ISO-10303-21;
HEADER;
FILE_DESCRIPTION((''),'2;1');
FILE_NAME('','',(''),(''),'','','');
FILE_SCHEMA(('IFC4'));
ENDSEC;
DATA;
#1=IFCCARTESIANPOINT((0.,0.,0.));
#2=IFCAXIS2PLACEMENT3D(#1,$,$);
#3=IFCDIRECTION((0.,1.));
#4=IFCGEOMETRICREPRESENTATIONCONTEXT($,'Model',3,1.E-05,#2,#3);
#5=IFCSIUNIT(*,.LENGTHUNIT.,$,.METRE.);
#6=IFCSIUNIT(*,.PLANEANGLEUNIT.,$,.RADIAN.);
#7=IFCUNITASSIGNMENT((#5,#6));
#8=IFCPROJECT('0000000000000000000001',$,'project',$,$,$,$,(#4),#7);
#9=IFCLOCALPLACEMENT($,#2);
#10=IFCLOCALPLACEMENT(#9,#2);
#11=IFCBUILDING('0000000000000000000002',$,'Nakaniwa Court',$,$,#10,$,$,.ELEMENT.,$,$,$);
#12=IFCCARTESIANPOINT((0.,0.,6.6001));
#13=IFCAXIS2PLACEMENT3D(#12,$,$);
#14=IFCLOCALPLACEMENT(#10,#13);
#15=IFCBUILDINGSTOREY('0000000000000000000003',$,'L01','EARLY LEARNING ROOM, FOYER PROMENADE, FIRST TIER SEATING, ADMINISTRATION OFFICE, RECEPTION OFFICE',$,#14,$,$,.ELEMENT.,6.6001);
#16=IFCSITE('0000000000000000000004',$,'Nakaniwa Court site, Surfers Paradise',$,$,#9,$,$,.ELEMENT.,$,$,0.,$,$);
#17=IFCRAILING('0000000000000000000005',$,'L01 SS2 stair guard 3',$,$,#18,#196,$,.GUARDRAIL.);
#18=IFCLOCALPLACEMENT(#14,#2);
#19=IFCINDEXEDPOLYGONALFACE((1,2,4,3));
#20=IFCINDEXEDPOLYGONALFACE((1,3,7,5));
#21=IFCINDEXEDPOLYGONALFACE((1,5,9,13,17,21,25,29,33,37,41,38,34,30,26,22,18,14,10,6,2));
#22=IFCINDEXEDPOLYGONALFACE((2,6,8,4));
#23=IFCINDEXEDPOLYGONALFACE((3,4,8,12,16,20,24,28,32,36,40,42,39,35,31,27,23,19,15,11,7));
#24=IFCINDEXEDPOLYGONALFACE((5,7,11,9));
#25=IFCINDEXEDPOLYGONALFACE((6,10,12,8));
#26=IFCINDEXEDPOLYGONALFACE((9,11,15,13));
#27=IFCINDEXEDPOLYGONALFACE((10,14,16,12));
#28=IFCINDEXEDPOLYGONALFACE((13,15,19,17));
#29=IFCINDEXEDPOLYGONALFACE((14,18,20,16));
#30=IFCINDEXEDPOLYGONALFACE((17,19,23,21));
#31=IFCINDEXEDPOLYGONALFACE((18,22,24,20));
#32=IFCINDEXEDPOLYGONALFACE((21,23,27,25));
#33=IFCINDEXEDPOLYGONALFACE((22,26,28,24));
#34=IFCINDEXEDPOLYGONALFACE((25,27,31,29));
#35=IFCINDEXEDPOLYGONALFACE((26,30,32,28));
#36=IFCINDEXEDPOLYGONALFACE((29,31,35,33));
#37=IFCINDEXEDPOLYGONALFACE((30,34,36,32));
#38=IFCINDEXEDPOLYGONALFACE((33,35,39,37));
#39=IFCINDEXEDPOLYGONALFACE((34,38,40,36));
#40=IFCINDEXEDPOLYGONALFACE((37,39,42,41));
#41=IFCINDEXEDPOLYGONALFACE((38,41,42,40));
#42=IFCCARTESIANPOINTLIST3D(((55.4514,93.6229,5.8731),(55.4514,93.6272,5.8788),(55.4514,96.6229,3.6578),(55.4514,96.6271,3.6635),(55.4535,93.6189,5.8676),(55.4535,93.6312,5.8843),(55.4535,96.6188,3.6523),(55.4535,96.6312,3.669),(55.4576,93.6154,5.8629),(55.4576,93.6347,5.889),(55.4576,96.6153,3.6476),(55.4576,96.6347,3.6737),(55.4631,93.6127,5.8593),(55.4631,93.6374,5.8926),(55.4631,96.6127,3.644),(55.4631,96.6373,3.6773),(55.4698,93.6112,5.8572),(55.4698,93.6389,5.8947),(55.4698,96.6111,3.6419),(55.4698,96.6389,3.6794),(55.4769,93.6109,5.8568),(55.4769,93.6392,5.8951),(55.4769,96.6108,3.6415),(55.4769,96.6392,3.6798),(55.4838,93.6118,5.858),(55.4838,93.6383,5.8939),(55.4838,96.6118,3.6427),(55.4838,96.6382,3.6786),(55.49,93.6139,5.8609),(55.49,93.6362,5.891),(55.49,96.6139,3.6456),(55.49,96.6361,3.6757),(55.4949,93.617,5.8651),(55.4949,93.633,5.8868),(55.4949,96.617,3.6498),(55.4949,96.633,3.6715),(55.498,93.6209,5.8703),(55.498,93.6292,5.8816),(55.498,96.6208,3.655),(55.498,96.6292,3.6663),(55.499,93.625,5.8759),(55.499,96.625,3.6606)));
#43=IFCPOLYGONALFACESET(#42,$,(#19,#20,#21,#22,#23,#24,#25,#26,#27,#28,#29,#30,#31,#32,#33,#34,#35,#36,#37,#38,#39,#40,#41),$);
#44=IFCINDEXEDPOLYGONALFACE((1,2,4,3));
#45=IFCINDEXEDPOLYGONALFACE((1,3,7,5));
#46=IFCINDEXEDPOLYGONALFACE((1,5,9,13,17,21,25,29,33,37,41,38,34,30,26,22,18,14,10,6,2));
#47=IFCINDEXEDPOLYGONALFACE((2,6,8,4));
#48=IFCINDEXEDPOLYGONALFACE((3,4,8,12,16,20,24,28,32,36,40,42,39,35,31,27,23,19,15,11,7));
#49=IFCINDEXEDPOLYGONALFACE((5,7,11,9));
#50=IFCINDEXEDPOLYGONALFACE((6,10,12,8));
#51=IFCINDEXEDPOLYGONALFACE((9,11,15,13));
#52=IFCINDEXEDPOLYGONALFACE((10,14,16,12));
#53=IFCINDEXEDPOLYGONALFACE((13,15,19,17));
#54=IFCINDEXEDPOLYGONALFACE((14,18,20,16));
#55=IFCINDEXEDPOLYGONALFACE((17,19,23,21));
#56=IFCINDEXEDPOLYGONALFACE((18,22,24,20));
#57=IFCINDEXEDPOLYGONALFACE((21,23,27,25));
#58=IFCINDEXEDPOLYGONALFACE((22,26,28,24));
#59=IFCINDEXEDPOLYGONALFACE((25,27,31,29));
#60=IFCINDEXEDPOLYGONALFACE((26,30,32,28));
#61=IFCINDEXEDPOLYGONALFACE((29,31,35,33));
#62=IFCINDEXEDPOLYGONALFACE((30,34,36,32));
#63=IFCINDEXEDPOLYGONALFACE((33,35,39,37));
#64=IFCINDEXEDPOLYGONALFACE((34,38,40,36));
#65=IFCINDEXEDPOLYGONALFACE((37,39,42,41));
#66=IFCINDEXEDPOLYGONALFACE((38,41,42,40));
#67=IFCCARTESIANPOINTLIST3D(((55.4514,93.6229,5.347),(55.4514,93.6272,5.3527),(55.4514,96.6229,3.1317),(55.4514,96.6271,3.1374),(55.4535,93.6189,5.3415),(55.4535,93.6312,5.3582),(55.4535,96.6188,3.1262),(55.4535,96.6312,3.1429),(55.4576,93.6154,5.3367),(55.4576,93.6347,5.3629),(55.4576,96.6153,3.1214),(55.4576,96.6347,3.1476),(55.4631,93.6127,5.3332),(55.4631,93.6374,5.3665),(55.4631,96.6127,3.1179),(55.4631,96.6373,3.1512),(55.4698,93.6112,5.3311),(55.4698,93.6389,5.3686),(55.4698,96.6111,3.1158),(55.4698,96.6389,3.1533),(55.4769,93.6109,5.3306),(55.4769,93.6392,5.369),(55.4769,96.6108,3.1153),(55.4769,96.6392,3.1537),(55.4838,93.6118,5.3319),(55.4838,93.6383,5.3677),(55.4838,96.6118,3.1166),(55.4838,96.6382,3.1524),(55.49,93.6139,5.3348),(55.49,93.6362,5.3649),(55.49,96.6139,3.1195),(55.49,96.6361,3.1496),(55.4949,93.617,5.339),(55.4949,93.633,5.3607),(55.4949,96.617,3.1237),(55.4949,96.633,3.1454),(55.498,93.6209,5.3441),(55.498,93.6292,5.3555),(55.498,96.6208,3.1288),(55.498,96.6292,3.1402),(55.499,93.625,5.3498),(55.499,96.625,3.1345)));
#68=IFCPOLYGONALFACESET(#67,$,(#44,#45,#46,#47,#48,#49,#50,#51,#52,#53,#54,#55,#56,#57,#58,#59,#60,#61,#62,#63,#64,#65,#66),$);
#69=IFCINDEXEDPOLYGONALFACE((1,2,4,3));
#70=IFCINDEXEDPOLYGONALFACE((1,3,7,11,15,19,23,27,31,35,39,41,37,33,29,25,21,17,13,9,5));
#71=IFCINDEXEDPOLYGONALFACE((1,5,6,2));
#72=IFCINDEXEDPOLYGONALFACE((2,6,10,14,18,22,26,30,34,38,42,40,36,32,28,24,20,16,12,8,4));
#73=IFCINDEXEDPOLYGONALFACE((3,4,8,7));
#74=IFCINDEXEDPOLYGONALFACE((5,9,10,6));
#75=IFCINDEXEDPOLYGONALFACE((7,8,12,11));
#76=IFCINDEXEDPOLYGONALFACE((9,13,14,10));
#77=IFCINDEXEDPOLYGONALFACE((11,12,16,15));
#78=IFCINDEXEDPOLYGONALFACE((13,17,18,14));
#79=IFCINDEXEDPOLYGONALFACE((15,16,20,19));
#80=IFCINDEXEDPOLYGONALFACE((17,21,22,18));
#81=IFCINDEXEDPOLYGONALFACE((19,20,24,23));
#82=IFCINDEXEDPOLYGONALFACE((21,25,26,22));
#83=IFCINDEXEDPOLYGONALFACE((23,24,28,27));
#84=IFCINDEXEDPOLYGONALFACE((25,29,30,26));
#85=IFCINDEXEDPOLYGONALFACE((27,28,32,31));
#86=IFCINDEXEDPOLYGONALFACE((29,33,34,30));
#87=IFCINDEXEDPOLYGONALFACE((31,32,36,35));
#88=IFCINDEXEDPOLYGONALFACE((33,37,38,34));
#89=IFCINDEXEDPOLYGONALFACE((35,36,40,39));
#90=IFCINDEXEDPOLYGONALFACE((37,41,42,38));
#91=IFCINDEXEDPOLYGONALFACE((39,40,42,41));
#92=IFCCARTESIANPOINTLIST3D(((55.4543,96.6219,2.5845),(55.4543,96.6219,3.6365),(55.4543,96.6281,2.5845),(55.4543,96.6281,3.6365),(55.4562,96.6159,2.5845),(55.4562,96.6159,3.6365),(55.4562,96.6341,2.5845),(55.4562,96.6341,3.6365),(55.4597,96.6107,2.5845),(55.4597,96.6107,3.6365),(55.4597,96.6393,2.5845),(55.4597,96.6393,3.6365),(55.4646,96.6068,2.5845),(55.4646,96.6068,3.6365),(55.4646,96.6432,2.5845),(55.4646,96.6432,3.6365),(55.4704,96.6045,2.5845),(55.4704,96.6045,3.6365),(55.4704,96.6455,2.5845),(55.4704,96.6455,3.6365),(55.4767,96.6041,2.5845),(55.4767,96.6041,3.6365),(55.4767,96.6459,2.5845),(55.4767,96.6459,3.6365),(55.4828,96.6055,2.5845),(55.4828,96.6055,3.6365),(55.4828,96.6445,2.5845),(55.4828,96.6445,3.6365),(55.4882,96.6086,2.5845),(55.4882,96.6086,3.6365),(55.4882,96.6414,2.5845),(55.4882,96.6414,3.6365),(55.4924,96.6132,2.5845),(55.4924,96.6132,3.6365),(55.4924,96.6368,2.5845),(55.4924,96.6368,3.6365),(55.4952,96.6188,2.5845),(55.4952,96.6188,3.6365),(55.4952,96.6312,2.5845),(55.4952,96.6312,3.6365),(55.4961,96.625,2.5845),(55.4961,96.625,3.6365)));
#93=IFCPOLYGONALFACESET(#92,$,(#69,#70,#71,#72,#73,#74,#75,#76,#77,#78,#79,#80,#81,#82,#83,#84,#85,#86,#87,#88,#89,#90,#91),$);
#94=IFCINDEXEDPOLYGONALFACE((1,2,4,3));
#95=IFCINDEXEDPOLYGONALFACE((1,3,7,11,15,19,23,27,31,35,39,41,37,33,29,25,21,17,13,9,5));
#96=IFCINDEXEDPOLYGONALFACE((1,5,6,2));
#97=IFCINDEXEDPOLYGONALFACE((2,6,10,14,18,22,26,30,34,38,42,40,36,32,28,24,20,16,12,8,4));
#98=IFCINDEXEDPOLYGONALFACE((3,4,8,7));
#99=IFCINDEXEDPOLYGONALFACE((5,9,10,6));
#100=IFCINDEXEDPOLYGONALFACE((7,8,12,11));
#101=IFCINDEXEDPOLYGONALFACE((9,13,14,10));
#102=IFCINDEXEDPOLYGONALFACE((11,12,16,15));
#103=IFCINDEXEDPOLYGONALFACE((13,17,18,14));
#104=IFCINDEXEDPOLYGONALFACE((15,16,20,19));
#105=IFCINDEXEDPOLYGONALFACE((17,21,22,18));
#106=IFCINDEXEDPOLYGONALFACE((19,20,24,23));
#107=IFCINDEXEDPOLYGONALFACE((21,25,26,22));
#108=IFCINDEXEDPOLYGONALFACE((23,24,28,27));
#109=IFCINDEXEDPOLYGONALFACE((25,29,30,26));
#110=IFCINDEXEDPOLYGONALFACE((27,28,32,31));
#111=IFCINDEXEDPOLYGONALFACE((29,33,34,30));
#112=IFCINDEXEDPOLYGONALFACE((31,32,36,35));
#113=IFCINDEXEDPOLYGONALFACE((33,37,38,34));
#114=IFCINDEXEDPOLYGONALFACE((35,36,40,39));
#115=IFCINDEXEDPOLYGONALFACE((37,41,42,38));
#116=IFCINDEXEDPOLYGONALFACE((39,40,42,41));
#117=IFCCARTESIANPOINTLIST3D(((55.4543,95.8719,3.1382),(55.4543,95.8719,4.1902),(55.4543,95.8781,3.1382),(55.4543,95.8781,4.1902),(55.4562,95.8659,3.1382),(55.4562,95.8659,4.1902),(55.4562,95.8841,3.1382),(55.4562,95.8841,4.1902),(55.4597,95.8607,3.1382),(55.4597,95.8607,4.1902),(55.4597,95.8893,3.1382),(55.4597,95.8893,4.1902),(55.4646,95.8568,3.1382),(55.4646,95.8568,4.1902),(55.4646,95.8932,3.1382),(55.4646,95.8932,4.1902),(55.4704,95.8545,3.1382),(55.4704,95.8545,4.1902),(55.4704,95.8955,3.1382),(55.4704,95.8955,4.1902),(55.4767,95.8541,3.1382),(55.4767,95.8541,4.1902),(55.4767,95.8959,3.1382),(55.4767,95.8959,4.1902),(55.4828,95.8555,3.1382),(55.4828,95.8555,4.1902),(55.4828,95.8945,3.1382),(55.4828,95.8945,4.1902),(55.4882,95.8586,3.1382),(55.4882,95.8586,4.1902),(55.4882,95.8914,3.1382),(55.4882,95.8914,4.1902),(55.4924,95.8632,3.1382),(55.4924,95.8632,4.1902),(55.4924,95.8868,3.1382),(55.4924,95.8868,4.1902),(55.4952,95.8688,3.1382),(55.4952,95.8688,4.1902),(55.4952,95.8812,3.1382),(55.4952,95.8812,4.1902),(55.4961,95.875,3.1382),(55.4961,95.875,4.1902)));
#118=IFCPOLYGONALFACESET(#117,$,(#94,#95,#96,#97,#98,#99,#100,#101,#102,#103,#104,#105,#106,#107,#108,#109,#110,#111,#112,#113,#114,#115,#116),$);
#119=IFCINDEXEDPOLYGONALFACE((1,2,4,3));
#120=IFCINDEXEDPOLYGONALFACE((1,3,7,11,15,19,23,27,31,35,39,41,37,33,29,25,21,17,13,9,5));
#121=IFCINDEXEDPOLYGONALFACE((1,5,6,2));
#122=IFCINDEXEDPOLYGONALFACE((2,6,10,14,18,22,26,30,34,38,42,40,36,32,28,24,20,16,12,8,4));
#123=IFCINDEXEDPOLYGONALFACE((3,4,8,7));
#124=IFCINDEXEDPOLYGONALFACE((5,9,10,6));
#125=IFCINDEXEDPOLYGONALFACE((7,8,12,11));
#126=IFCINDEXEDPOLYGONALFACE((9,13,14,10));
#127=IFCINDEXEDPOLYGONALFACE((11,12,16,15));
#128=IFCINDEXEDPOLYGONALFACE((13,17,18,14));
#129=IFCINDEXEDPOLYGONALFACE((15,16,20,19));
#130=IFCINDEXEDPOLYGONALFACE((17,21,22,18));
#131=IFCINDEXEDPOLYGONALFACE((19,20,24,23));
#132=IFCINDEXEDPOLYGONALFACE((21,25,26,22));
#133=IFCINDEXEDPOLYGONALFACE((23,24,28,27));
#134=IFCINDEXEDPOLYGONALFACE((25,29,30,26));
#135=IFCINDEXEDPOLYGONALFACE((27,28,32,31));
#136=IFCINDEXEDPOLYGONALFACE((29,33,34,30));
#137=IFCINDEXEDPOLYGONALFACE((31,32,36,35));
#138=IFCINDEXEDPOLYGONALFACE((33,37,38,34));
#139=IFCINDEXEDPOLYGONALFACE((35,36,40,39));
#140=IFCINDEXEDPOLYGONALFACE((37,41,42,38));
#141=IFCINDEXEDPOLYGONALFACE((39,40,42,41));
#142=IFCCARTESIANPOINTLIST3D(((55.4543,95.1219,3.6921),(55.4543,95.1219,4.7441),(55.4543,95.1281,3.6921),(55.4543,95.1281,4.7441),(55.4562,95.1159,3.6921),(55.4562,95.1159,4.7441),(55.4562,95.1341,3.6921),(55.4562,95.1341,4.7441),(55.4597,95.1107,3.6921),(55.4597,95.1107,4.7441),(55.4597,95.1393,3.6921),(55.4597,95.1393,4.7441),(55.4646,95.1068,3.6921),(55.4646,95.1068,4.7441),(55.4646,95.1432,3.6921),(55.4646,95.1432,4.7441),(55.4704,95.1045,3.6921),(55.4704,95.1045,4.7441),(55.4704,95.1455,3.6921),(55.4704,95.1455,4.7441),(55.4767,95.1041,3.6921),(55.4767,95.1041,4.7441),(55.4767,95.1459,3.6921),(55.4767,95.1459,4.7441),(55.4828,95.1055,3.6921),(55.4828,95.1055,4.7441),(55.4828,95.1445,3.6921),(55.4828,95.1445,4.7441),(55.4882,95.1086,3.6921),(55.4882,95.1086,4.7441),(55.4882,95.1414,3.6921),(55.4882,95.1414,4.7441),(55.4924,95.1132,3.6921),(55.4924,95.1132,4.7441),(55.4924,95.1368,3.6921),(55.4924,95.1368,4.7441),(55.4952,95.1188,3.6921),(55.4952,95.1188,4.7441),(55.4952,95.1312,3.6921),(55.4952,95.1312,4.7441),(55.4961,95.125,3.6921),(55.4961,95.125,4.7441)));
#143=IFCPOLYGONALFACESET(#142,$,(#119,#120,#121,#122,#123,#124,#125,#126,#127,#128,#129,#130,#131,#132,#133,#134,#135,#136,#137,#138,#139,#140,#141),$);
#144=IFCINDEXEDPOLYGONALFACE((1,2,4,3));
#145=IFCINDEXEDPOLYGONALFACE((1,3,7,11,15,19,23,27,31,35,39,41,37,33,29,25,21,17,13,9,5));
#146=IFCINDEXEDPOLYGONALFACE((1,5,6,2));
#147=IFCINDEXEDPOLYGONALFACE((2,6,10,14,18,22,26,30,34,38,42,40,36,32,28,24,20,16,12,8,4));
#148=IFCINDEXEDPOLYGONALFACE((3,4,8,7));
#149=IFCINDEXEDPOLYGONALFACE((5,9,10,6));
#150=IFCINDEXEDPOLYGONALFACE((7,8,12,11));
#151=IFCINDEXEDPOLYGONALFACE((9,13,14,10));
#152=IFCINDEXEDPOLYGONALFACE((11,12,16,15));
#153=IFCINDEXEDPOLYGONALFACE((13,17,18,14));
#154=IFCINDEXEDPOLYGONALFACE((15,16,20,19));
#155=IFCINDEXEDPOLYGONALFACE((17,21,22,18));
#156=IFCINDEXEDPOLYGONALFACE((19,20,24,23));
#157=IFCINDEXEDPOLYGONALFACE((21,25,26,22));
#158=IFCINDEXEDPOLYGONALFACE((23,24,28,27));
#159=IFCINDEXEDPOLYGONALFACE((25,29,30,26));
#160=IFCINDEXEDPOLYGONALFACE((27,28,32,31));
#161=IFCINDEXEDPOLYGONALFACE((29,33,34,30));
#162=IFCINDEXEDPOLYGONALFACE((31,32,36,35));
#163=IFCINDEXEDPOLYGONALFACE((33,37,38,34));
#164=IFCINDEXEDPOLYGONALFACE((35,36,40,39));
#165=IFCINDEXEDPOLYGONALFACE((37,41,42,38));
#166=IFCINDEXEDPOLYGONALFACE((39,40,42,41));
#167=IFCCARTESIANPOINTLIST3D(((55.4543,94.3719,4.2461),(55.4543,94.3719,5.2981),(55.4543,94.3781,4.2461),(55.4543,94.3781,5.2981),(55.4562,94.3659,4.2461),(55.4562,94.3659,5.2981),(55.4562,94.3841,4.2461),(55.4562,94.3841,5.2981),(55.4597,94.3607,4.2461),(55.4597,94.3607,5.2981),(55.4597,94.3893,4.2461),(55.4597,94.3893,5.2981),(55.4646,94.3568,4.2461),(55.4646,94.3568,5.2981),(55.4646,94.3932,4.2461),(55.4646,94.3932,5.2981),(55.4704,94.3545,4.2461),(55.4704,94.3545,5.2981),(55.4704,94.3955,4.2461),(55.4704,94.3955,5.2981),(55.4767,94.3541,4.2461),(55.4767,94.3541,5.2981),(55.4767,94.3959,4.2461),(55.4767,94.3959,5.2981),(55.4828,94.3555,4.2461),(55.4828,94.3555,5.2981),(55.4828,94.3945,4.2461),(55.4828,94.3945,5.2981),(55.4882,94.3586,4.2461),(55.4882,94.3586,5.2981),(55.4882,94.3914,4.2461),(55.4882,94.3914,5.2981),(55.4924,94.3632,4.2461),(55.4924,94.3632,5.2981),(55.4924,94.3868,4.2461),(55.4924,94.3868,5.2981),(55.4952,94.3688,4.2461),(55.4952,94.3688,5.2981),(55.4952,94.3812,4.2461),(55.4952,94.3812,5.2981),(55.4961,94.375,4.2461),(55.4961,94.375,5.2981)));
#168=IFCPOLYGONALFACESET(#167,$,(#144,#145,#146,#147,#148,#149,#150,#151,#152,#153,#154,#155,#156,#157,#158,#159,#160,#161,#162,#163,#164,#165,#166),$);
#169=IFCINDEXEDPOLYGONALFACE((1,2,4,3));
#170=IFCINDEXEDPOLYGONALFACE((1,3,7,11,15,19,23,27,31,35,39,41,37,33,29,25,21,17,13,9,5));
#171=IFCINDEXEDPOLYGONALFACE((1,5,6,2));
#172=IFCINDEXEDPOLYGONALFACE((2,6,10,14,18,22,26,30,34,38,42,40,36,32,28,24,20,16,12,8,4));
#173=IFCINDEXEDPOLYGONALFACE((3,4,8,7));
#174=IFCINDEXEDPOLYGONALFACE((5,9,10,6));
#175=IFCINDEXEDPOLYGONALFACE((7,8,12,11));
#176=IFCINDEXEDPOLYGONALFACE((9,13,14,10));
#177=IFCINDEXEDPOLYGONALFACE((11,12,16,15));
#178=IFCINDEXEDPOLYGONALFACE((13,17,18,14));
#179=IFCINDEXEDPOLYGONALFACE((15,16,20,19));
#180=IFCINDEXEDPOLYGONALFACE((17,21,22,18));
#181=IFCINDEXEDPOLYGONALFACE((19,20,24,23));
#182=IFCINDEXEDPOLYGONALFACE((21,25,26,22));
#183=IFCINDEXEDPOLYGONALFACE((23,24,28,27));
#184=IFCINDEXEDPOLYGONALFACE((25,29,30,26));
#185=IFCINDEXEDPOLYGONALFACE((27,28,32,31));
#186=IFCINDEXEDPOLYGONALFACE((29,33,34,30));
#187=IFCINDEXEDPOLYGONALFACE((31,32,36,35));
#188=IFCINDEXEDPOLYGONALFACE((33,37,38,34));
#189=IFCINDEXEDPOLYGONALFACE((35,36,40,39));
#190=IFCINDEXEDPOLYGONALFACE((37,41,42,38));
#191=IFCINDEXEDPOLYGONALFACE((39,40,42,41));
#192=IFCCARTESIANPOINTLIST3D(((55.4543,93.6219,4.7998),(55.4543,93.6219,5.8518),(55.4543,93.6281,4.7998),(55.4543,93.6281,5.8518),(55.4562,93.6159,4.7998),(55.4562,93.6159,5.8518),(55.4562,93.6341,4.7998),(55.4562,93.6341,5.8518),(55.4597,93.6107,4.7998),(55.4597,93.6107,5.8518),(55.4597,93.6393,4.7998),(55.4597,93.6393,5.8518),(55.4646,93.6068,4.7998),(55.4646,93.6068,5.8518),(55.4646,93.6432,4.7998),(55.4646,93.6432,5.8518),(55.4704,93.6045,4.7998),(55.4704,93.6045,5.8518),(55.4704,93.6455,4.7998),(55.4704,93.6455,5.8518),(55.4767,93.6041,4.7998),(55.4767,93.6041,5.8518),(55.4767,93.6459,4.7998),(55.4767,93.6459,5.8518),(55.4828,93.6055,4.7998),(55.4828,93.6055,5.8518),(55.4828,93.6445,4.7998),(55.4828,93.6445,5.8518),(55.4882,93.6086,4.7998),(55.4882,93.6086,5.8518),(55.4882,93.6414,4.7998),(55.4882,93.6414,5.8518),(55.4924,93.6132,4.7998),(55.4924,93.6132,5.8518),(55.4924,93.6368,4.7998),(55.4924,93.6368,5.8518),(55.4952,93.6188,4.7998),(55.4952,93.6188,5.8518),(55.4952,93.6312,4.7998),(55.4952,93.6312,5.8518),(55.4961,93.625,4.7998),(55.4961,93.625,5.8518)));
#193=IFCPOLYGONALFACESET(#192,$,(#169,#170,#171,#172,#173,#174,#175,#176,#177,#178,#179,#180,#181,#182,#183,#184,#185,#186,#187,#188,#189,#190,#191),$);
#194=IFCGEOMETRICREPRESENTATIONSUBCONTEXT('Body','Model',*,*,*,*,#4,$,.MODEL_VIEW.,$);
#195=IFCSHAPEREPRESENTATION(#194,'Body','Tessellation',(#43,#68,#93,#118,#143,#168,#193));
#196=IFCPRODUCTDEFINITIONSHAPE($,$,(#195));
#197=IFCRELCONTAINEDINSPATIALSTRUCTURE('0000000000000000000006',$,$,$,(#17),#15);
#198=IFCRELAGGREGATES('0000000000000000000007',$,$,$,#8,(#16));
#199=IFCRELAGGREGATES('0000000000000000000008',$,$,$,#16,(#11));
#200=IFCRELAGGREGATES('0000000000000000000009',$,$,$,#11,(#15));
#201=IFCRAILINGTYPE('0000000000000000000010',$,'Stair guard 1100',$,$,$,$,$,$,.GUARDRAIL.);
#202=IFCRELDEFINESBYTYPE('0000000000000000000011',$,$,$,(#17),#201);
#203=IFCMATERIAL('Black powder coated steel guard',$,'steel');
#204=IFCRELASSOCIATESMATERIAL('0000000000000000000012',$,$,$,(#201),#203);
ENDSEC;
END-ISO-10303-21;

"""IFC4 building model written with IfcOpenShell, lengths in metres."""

from ifc_helpers import new_model, si_unit, direction, frame, origin, origin_2d, place, context, subcontext, project, spatial, circle, extrude, material, type_object, element, save


model = new_model("IFC4")

# Units and contexts
model_context = context("Model", 3, precision=1e-05, world=origin(), true_north=direction((0.0, 1.0)))
body_context = subcontext(model_context, "Body", "Model", "MODEL_VIEW")
ifc_project = project(units=[si_unit("LENGTHUNIT", "METRE"), si_unit("PLANEANGLEUNIT", "RADIAN")], contexts=[model_context])

# Site, building, storey
site_placement = place(None, origin())
site = spatial("IfcSite", under=ifc_project, at=site_placement, Name="Nakaniwa Court site, Surfers Paradise", CompositionType="ELEMENT", RefElevation=0.0)
building_placement = place(site_placement, origin())
building = spatial("IfcBuilding", under=site, at=building_placement, Name="Nakaniwa Court", CompositionType="ELEMENT")
storey_placement = place(building_placement, frame((0.0, 0.0, 6.6001)))
storey = spatial("IfcBuildingStorey", under=building, at=storey_placement, Name="L01", Description="EARLY LEARNING ROOM, FOYER PROMENADE, FIRST TIER SEATING, ADMINISTRATION OFFICE, RECEPTION OFFICE", CompositionType="ELEMENT", Elevation=6.6001)

# Railing
ifc_material_1 = material(Name="Black powder coated steel guard", Category="steel")
railing_type_1 = type_object("IfcRailingType", Name="Stair guard 1100", PredefinedType="GUARDRAIL", material=ifc_material_1)
railing_1_placement = place(storey_placement, frame((55.4751, 96.625, 2.5845)))
element("IfcRailing", 1, at=railing_1_placement, inside=storey, type_object=railing_type_1, Name="L01 SS2 stair guard 3", PredefinedType="GUARDRAIL", context=body_context, shape_type="SweptSolid", body=[
    extrude(circle(Radius=0.0239, at=origin_2d()), frame((0.0, 0.0, 1.0762), z_axis=(0.0, -0.80444, 0.594034), x_axis=(1.0, 0.0, 0.0)), (0.0, 0.0, 1.0), 3.7292),
    extrude(circle(Radius=0.0239, at=origin_2d()), frame((0.0, 0.0, 0.55), z_axis=(0.0, -0.80444, 0.594034), x_axis=(1.0, 0.0, 0.0)), (0.0, 0.0, 1.0), 3.7292),
    extrude(circle(Radius=0.021, at=origin_2d()), origin(), (0.0, 0.0, 1.0), 1.052),
    extrude(circle(Radius=0.021, at=origin_2d()), frame((0.0, -0.75, 0.5537)), (0.0, 0.0, 1.0), 1.052),
    extrude(circle(Radius=0.021, at=origin_2d()), frame((0.0, -1.5, 1.1077)), (0.0, 0.0, 1.0), 1.052),
    extrude(circle(Radius=0.021, at=origin_2d()), frame((0.0, -2.25, 1.6616)), (0.0, 0.0, 1.0), 1.052),
    extrude(circle(Radius=0.021, at=origin_2d()), frame((0.0, -3.0, 2.2153)), (0.0, 0.0, 1.0), 1.052),
])

save(model, "model.ifc")
